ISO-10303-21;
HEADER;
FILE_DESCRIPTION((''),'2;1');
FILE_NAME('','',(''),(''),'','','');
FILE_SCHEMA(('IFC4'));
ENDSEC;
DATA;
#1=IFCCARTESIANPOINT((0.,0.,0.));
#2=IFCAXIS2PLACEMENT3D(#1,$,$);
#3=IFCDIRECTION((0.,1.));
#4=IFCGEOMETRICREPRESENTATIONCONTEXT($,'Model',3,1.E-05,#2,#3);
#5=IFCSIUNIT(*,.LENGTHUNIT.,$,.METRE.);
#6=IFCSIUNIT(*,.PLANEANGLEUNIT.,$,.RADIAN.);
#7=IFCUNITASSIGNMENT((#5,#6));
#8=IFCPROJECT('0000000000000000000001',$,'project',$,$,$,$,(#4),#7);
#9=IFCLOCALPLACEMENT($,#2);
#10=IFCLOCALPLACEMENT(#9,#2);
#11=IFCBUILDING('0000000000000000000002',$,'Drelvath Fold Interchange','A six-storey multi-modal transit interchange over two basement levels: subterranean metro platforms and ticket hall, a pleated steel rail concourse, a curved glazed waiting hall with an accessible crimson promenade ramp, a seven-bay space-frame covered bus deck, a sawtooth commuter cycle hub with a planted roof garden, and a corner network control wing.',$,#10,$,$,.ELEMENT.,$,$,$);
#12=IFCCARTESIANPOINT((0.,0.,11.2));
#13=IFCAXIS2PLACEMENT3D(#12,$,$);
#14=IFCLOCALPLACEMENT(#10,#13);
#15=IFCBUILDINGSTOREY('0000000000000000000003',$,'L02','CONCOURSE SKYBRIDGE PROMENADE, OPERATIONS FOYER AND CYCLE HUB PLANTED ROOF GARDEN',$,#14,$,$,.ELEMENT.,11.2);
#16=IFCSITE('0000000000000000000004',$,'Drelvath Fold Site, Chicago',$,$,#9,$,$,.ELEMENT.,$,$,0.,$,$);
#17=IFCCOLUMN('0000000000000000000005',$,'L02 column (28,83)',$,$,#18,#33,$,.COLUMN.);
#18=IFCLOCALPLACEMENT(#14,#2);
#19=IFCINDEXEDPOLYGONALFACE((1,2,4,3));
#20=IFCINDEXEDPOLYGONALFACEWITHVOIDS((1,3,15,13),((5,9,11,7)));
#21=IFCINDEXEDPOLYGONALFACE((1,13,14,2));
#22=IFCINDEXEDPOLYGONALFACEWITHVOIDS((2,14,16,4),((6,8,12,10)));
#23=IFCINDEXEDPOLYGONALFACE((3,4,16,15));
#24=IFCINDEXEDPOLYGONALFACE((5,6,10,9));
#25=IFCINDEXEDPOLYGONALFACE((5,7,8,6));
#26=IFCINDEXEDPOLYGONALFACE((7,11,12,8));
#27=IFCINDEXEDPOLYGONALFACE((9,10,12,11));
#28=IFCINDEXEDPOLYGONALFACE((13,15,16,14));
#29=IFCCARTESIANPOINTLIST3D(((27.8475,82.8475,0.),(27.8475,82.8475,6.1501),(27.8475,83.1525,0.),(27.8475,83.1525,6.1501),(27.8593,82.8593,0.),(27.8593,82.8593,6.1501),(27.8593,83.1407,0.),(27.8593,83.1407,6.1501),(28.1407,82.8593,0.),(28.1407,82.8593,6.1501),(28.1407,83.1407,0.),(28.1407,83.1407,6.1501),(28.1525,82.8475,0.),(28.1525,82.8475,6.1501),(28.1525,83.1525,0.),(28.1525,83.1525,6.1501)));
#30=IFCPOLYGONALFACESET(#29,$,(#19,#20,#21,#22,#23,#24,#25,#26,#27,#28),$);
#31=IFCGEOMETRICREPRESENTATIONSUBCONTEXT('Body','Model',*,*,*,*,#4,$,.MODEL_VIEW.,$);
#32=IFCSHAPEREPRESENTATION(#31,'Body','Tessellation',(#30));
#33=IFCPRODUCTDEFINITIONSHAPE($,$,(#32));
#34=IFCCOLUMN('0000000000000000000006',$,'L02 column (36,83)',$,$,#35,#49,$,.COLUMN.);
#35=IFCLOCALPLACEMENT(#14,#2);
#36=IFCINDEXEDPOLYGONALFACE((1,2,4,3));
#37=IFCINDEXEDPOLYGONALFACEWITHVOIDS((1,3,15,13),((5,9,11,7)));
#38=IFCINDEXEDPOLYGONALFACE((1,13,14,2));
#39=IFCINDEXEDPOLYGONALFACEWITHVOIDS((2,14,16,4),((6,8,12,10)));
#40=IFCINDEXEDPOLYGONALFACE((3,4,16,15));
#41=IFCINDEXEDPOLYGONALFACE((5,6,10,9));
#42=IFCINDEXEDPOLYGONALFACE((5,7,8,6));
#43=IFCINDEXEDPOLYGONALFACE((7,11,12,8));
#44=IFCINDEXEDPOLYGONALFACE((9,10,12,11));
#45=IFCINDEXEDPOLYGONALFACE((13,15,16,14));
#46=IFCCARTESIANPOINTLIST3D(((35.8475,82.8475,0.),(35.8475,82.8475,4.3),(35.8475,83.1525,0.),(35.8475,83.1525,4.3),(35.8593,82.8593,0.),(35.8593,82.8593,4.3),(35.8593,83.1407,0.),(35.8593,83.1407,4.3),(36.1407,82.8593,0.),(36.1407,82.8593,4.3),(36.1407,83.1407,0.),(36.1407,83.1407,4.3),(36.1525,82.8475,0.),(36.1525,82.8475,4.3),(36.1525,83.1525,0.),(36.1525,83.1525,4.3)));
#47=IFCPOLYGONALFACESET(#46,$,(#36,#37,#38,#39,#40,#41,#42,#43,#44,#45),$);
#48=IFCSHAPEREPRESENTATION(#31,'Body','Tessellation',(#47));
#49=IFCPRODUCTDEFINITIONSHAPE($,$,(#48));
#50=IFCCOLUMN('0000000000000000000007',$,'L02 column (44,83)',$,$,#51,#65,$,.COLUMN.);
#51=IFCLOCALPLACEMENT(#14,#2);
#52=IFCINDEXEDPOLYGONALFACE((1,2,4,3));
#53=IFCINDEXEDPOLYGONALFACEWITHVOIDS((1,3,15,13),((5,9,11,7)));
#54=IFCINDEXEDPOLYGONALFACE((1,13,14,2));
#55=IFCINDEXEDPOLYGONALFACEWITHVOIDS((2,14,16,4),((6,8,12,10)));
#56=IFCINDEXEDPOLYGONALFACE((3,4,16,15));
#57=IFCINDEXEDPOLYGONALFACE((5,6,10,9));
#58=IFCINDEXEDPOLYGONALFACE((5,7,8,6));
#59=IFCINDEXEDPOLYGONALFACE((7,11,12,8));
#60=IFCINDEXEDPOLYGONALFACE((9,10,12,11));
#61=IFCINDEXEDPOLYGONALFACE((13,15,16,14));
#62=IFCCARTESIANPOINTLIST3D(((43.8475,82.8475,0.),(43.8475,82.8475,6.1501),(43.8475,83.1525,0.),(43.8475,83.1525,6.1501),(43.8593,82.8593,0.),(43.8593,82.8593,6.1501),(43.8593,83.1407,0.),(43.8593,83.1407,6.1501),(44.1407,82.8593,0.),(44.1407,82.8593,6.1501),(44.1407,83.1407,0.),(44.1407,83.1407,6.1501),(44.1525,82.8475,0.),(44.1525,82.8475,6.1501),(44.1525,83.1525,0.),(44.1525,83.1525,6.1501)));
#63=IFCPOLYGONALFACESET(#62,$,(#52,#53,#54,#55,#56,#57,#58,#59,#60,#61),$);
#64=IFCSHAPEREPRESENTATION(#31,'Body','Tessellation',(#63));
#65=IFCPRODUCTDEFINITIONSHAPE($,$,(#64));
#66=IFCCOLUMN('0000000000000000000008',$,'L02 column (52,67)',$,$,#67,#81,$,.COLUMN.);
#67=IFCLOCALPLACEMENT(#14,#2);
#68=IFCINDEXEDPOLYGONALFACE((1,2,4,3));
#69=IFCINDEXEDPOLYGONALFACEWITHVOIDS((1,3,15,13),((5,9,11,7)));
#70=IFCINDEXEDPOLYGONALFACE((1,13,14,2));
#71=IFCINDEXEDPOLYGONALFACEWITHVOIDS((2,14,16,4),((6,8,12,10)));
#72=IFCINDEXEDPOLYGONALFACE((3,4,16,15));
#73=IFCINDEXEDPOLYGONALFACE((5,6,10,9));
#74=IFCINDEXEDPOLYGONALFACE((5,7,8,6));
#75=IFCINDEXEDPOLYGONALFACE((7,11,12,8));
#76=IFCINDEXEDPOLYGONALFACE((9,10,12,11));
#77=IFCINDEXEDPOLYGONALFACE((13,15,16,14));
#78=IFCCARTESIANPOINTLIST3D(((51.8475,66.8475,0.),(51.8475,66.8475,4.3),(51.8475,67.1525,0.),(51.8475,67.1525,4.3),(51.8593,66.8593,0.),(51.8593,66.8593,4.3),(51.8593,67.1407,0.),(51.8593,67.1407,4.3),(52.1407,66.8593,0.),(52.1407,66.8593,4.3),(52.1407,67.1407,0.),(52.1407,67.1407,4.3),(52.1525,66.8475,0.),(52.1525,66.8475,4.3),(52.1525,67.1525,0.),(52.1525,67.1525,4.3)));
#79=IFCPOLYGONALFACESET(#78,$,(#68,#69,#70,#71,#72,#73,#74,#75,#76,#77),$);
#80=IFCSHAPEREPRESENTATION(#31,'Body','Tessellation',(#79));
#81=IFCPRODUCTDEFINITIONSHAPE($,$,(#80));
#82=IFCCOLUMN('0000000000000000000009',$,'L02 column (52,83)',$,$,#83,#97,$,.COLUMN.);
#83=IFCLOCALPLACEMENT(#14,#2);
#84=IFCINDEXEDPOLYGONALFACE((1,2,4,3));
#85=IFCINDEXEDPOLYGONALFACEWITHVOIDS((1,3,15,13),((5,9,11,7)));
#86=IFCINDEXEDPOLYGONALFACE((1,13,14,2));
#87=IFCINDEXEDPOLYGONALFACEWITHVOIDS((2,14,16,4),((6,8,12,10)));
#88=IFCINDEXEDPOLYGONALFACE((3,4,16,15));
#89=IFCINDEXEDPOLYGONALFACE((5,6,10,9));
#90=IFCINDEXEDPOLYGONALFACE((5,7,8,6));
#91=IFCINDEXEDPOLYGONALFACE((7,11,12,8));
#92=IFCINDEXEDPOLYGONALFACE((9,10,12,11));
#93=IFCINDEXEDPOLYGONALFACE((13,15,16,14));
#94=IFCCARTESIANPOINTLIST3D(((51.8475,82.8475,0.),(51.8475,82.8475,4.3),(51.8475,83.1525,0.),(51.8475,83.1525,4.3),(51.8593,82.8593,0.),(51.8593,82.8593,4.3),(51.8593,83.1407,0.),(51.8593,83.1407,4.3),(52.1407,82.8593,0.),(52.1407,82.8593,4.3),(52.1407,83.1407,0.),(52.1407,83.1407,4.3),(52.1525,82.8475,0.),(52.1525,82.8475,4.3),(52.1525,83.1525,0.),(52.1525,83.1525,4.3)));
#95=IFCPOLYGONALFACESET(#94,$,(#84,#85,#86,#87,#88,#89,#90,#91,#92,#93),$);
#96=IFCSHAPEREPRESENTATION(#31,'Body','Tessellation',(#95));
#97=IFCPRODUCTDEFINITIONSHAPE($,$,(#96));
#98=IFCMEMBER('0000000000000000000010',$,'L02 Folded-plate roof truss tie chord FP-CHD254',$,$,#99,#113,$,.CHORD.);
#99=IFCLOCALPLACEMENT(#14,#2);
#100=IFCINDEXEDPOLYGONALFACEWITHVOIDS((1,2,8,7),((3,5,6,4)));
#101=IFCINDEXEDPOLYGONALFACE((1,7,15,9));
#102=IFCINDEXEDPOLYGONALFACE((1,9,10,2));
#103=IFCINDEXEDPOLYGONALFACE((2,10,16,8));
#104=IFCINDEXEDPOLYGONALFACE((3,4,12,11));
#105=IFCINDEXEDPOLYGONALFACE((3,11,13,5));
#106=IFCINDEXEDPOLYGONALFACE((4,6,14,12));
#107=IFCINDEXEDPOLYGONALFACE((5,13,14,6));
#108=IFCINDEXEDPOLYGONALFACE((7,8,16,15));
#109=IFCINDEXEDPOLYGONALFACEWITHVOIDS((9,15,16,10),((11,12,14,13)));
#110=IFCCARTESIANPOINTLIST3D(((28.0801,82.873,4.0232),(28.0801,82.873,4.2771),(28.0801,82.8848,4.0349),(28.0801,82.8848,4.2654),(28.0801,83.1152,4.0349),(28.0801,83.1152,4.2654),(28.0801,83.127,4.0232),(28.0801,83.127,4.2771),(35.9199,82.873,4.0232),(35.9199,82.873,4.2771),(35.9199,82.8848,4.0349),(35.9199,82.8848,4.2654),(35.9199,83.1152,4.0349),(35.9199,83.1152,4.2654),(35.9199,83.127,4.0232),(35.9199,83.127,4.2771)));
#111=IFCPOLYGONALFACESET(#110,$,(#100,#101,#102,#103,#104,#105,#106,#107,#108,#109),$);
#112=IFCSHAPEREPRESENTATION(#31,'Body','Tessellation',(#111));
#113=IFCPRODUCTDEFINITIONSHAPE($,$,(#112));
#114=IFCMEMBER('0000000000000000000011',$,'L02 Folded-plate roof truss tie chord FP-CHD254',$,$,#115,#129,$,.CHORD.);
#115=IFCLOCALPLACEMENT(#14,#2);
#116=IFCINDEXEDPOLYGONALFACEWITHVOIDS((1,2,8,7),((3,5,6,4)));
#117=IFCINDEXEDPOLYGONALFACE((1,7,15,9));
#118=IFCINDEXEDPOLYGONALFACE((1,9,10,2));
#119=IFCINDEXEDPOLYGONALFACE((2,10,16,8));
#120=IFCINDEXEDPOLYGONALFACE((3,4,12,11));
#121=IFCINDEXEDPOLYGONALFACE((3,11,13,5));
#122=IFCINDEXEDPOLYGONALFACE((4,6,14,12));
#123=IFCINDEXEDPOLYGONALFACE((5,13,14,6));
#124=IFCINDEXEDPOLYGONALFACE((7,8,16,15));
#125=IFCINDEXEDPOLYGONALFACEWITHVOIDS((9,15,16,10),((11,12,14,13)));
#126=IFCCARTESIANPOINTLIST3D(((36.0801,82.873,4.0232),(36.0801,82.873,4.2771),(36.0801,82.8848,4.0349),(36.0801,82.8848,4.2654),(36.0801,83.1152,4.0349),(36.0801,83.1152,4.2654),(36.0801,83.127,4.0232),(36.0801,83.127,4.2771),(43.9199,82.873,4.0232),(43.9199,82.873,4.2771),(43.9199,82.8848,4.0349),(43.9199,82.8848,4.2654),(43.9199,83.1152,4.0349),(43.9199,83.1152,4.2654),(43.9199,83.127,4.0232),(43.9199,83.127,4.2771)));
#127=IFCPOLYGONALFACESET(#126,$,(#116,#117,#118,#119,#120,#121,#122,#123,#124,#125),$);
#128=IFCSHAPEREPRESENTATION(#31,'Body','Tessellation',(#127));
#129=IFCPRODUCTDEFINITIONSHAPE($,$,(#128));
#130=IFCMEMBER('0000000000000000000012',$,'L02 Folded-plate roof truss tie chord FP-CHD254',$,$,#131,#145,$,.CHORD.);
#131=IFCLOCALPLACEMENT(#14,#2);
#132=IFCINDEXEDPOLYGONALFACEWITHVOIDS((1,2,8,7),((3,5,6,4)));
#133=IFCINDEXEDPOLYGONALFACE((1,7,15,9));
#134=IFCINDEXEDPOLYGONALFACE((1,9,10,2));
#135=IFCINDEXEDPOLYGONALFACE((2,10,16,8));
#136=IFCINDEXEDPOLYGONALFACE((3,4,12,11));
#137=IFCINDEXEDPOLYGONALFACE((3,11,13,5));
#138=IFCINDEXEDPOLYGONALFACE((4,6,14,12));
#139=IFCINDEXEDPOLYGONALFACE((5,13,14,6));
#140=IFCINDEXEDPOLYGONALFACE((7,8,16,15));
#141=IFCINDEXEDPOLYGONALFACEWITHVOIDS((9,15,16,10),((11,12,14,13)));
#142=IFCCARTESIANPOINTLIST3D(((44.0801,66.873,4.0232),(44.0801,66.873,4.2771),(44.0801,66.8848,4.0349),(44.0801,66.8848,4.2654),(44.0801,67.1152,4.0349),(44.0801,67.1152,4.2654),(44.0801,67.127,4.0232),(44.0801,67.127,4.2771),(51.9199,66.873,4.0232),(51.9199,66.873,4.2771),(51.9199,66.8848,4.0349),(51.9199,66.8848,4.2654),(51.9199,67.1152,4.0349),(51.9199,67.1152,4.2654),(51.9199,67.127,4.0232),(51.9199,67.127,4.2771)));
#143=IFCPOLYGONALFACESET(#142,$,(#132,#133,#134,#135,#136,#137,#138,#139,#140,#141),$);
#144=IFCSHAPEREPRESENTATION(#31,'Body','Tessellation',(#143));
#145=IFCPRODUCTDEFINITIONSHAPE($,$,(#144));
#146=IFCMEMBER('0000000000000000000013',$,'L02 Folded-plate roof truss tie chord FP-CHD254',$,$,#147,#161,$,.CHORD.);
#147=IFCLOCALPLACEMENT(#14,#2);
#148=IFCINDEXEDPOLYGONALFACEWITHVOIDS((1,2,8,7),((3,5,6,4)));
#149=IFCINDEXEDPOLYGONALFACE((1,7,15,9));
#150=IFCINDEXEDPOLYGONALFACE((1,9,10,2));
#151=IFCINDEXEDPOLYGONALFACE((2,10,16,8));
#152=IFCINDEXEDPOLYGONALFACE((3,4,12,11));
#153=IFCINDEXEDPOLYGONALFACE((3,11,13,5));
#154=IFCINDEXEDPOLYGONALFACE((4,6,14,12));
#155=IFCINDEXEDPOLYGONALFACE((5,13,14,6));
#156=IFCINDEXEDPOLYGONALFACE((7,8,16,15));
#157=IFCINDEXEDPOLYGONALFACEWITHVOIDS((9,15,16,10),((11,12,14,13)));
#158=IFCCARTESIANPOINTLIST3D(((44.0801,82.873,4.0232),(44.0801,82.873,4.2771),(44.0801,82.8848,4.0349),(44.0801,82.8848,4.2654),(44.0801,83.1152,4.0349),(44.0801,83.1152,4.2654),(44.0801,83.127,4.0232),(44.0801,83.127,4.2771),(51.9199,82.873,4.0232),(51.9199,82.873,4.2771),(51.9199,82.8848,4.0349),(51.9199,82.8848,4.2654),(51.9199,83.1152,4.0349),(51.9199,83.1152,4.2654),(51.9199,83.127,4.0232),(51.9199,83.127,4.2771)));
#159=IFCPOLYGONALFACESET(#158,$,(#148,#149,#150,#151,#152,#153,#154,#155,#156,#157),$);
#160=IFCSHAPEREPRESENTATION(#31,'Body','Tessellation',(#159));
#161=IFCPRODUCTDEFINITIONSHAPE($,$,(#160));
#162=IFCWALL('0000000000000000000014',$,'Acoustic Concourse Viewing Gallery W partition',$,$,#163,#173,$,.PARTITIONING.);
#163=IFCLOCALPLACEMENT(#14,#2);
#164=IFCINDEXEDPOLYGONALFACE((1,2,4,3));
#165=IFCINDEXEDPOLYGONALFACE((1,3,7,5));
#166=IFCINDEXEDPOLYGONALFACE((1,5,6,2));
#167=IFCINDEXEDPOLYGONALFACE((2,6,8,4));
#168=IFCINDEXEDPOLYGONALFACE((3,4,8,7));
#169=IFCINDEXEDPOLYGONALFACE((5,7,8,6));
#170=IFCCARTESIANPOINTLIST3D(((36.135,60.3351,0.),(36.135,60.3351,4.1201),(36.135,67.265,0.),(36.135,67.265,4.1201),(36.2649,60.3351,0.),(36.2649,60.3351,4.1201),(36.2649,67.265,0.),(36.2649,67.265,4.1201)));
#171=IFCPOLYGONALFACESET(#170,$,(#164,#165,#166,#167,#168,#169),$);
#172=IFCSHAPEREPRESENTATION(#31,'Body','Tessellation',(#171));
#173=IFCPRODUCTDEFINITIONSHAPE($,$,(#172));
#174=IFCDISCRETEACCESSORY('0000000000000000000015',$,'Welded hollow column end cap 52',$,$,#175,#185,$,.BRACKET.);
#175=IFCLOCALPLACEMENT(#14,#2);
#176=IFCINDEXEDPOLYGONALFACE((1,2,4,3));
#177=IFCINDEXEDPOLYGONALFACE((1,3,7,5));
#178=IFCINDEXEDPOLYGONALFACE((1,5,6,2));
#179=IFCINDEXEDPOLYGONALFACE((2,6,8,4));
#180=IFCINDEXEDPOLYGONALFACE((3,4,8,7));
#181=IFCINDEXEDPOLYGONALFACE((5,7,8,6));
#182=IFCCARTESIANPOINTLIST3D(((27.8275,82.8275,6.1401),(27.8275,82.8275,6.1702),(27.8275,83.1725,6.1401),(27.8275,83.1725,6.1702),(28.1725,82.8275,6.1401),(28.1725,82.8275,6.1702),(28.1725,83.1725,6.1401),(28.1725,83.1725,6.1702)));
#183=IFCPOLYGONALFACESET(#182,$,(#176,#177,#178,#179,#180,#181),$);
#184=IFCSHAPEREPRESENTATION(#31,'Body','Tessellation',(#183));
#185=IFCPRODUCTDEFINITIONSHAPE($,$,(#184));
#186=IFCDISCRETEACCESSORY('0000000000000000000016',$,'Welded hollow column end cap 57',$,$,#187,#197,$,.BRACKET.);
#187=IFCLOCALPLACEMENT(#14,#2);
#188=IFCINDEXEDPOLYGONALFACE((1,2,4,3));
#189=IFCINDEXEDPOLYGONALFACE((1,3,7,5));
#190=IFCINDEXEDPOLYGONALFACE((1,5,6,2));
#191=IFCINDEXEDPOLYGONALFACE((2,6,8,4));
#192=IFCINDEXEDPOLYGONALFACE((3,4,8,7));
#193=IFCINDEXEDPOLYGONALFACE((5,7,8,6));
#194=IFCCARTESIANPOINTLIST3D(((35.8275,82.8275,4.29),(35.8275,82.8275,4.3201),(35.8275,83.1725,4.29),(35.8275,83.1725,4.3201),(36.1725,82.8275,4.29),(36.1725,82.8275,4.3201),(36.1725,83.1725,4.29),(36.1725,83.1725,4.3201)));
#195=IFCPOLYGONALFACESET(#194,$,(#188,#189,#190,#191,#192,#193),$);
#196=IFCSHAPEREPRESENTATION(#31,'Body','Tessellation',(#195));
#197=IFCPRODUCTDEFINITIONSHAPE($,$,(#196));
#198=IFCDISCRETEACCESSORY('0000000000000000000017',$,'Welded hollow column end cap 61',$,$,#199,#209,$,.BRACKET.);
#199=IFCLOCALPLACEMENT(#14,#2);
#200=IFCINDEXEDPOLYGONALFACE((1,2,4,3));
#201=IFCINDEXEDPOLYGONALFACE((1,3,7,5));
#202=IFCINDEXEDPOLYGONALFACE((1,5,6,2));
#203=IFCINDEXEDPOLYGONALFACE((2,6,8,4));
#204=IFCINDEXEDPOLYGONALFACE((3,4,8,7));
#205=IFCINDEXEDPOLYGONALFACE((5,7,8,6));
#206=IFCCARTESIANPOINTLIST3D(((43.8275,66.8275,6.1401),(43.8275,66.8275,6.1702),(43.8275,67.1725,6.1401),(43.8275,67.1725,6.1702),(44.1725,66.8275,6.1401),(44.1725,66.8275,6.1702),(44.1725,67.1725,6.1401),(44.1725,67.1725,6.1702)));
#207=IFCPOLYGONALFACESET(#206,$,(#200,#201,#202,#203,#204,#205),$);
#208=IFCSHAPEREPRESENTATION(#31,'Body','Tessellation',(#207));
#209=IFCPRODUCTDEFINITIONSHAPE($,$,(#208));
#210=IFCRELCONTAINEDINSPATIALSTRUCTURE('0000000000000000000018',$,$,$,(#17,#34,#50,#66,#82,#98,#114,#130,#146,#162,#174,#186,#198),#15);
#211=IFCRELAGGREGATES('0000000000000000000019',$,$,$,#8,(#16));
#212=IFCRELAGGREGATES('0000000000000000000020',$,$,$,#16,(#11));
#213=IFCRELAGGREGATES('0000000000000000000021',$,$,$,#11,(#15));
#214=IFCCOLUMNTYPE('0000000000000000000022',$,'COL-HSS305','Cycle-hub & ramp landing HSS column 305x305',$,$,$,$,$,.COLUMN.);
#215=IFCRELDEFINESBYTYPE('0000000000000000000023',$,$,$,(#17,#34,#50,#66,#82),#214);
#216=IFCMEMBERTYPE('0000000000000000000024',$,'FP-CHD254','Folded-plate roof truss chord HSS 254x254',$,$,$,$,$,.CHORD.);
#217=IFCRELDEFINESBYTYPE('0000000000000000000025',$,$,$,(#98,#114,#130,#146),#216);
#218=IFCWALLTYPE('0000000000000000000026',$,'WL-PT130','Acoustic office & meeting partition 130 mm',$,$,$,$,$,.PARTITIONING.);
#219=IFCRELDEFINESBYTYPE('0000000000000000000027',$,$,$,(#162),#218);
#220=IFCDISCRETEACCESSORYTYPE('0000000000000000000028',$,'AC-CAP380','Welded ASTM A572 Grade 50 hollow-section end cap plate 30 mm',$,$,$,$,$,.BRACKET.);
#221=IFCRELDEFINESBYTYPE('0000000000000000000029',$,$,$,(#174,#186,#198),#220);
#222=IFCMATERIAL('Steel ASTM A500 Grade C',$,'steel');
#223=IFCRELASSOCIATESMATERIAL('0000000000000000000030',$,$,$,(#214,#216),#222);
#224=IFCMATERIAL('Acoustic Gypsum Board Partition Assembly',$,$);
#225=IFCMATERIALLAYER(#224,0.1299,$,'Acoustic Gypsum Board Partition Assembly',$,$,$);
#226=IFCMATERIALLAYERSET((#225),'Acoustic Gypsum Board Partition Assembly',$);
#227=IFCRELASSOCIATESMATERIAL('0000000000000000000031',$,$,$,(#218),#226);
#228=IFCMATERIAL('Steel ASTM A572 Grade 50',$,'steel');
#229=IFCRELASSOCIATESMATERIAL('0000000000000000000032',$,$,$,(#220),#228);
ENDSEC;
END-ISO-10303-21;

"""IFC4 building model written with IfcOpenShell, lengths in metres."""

from ifc_helpers import new_model, si_unit, direction, frame, frame_2d, origin, origin_2d, place, context, subcontext, project, spatial, rectangle, hollow_rectangle, extrude, material, layer, layer_set, material_profile, profile_set, type_object, element, save


model = new_model("IFC4")

# Units and contexts
model_context = context("Model", 3, precision=1e-05, world=origin(), true_north=direction((0.0, 1.0)))
body_context = subcontext(model_context, "Body", "Model", "MODEL_VIEW")
ifc_project = project(units=[si_unit("LENGTHUNIT", "METRE"), si_unit("PLANEANGLEUNIT", "RADIAN")], contexts=[model_context])

# Site, building, storey
site_placement = place(None, origin())
site = spatial("IfcSite", under=ifc_project, at=site_placement, Name="Drelvath Fold Site, Chicago", CompositionType="ELEMENT", RefElevation=0.0)
building_placement = place(site_placement, origin())
building = spatial("IfcBuilding", under=site, at=building_placement, Name="Drelvath Fold Interchange", Description="A six-storey multi-modal transit interchange over two basement levels: subterranean metro platforms and ticket hall, a pleated steel rail concourse, a curved glazed waiting hall with an accessible crimson promenade ramp, a seven-bay space-frame covered bus deck, a sawtooth commuter cycle hub with a planted roof garden, and a corner network control wing.", CompositionType="ELEMENT")
storey_placement = place(building_placement, frame((0.0, 0.0, 11.2)))
storey = spatial("IfcBuildingStorey", under=building, at=storey_placement, Name="L02", Description="CONCOURSE SKYBRIDGE PROMENADE, OPERATIONS FOYER AND CYCLE HUB PLANTED ROOF GARDEN", CompositionType="ELEMENT", Elevation=11.2)

# Columns
ifc_material_1 = material(Name="Steel ASTM A500 Grade C", Category="steel")
ifc_material_profile_1 = material_profile(ifc_material_1, hollow_rectangle(XDim=0.3049, YDim=0.3049, WallThickness=0.0117, at=origin_2d()), Name="HSS12X12X1/2")
ifc_profile_set_1 = profile_set([ifc_material_profile_1], Name="Steel ASTM A500 Grade C")
column_type = type_object("IfcColumnType", Name="COL-HSS305", Description="Cycle-hub & ramp landing HSS column 305x305", PredefinedType="COLUMN", material=ifc_profile_set_1)
column_1_placement = place(storey_placement, frame((28.0, 83.0, 0.0), z_axis=(0.0, 0.0, 1.0), x_axis=(1.0, 0.0, 0.0)))
element("IfcColumn", 1, at=column_1_placement, inside=storey, type_object=column_type, Name="L02 column (28,83)", PredefinedType="COLUMN", context=body_context, shape_type="SweptSolid", body=[
    extrude(hollow_rectangle(XDim=0.3049, YDim=0.3049, WallThickness=0.0117, at=origin_2d()), origin(), (0.0, 0.0, 1.0), 6.1501),
])
column_2_placement = place(storey_placement, frame((36.0, 83.0, 0.0), z_axis=(0.0, 0.0, 1.0), x_axis=(1.0, 0.0, 0.0)))
element("IfcColumn", 2, at=column_2_placement, inside=storey, type_object=column_type, Name="L02 column (36,83)", PredefinedType="COLUMN", context=body_context, shape_type="SweptSolid", body=[
    extrude(hollow_rectangle(XDim=0.3049, YDim=0.3049, WallThickness=0.0117, at=origin_2d()), origin(), (0.0, 0.0, 1.0), 4.3),
])
column_3_placement = place(storey_placement, frame((44.0, 83.0, 0.0), z_axis=(0.0, 0.0, 1.0), x_axis=(1.0, 0.0, 0.0)))
element("IfcColumn", 3, at=column_3_placement, inside=storey, type_object=column_type, Name="L02 column (44,83)", PredefinedType="COLUMN", context=body_context, shape_type="SweptSolid", body=[
    extrude(hollow_rectangle(XDim=0.3049, YDim=0.3049, WallThickness=0.0117, at=origin_2d()), origin(), (0.0, 0.0, 1.0), 6.1501),
])
for number, where, z_axis, x_axis, name in (
    (4, (52.0, 67.0, 0.0), (0.0, 0.0, 1.0), (1.0, 0.0, 0.0), "L02 column (52,67)"),
    (5, (52.0, 83.0, 0.0), (0.0, 0.0, 1.0), (1.0, 0.0, 0.0), "L02 column (52,83)"),
):
    element("IfcColumn", number, at=place(storey_placement, frame(where, z_axis=z_axis, x_axis=x_axis)), inside=storey, type_object=column_type, Name=name, PredefinedType="COLUMN", context=body_context, shape_type="SweptSolid", body=[
        extrude(hollow_rectangle(XDim=0.3049, YDim=0.3049, WallThickness=0.0117, at=origin_2d()), origin(), (0.0, 0.0, 1.0), 4.3),
    ])

# Members
ifc_material_profile_2 = material_profile(ifc_material_1, hollow_rectangle(XDim=0.2539, YDim=0.2539, WallThickness=0.0117, at=origin_2d()), Name="HSS10X10X1/2")
ifc_profile_set_2 = profile_set([ifc_material_profile_2], Name="Steel ASTM A500 Grade C")
member_type = type_object("IfcMemberType", Name="FP-CHD254", Description="Folded-plate roof truss chord HSS 254x254", PredefinedType="CHORD", material=ifc_profile_set_2)
for number, where, z_axis, x_axis, name in (
    (6, (28.0801, 83.0, 4.1501), (1.0, 0.0, 0.0), (0.0, 1.0, 0.0), "L02 Folded-plate roof truss tie chord FP-CHD254"),
    (7, (36.0801, 83.0, 4.1501), (1.0, 0.0, 0.0), (0.0, 1.0, 0.0), "L02 Folded-plate roof truss tie chord FP-CHD254"),
    (8, (44.0801, 67.0, 4.1501), (1.0, 0.0, 0.0), (0.0, 1.0, 0.0), "L02 Folded-plate roof truss tie chord FP-CHD254"),
    (9, (44.0801, 83.0, 4.1501), (1.0, 0.0, 0.0), (0.0, 1.0, 0.0), "L02 Folded-plate roof truss tie chord FP-CHD254"),
):
    element("IfcMember", number, at=place(storey_placement, frame(where, z_axis=z_axis, x_axis=x_axis)), inside=storey, type_object=member_type, Name=name, PredefinedType="CHORD", context=body_context, shape_type="SweptSolid", body=[
        extrude(hollow_rectangle(XDim=0.2539, YDim=0.2539, WallThickness=0.0117, at=origin_2d()), origin(), (0.0, 0.0, 1.0), 7.8398),
    ])

# Wall
ifc_material_2 = material(Name="Acoustic Gypsum Board Partition Assembly")
ifc_layer = layer(ifc_material_2, 0.1299, Name="Acoustic Gypsum Board Partition Assembly")
ifc_layer_set = layer_set([ifc_layer], Name="Acoustic Gypsum Board Partition Assembly")
wall_type = type_object("IfcWallType", Name="WL-PT130", Description="Acoustic office & meeting partition 130 mm", PredefinedType="PARTITIONING", material=ifc_layer_set)
wall_placement = place(storey_placement, frame((36.2, 67.2649, 0.0), z_axis=(0.0, 0.0, 1.0), x_axis=(0.0, -1.0, 0.0)))
element("IfcWall", 10, at=wall_placement, inside=storey, type_object=wall_type, Name="Acoustic Concourse Viewing Gallery W partition", PredefinedType="PARTITIONING", context=body_context, shape_type="SweptSolid", body=[
    extrude(rectangle(XDim=6.9299, YDim=0.1299, at=frame_2d((3.4648, 0.0))), origin(), (0.0, 0.0, 1.0), 4.1201),
])

# Discrete accessories
ifc_material_3 = material(Name="Steel ASTM A572 Grade 50", Category="steel")
discrete_accessory_type = type_object("IfcDiscreteAccessoryType", Name="AC-CAP380", Description="Welded ASTM A572 Grade 50 hollow-section end cap plate 30 mm", PredefinedType="BRACKET", material=ifc_material_3)
for number, where, z_axis, x_axis, name in (
    (11, (28.0, 83.0, 6.1401), (0.0, 0.0, 1.0), (1.0, 0.0, 0.0), "Welded hollow column end cap 52"),
    (12, (36.0, 83.0, 4.29), (0.0, 0.0, 1.0), (1.0, 0.0, 0.0), "Welded hollow column end cap 57"),
    (13, (44.0, 67.0, 6.1401), (0.0, 0.0, 1.0), (1.0, 0.0, 0.0), "Welded hollow column end cap 61"),
):
    element("IfcDiscreteAccessory", number, at=place(storey_placement, frame(where, z_axis=z_axis, x_axis=x_axis)), inside=storey, type_object=discrete_accessory_type, Name=name, PredefinedType="BRACKET", context=body_context, shape_type="SweptSolid", body=[
        extrude(rectangle(XDim=0.345, YDim=0.345, at=origin_2d()), origin(), (0.0, 0.0, 1.0), 0.03),
    ])

save(model, "model.ifc")
